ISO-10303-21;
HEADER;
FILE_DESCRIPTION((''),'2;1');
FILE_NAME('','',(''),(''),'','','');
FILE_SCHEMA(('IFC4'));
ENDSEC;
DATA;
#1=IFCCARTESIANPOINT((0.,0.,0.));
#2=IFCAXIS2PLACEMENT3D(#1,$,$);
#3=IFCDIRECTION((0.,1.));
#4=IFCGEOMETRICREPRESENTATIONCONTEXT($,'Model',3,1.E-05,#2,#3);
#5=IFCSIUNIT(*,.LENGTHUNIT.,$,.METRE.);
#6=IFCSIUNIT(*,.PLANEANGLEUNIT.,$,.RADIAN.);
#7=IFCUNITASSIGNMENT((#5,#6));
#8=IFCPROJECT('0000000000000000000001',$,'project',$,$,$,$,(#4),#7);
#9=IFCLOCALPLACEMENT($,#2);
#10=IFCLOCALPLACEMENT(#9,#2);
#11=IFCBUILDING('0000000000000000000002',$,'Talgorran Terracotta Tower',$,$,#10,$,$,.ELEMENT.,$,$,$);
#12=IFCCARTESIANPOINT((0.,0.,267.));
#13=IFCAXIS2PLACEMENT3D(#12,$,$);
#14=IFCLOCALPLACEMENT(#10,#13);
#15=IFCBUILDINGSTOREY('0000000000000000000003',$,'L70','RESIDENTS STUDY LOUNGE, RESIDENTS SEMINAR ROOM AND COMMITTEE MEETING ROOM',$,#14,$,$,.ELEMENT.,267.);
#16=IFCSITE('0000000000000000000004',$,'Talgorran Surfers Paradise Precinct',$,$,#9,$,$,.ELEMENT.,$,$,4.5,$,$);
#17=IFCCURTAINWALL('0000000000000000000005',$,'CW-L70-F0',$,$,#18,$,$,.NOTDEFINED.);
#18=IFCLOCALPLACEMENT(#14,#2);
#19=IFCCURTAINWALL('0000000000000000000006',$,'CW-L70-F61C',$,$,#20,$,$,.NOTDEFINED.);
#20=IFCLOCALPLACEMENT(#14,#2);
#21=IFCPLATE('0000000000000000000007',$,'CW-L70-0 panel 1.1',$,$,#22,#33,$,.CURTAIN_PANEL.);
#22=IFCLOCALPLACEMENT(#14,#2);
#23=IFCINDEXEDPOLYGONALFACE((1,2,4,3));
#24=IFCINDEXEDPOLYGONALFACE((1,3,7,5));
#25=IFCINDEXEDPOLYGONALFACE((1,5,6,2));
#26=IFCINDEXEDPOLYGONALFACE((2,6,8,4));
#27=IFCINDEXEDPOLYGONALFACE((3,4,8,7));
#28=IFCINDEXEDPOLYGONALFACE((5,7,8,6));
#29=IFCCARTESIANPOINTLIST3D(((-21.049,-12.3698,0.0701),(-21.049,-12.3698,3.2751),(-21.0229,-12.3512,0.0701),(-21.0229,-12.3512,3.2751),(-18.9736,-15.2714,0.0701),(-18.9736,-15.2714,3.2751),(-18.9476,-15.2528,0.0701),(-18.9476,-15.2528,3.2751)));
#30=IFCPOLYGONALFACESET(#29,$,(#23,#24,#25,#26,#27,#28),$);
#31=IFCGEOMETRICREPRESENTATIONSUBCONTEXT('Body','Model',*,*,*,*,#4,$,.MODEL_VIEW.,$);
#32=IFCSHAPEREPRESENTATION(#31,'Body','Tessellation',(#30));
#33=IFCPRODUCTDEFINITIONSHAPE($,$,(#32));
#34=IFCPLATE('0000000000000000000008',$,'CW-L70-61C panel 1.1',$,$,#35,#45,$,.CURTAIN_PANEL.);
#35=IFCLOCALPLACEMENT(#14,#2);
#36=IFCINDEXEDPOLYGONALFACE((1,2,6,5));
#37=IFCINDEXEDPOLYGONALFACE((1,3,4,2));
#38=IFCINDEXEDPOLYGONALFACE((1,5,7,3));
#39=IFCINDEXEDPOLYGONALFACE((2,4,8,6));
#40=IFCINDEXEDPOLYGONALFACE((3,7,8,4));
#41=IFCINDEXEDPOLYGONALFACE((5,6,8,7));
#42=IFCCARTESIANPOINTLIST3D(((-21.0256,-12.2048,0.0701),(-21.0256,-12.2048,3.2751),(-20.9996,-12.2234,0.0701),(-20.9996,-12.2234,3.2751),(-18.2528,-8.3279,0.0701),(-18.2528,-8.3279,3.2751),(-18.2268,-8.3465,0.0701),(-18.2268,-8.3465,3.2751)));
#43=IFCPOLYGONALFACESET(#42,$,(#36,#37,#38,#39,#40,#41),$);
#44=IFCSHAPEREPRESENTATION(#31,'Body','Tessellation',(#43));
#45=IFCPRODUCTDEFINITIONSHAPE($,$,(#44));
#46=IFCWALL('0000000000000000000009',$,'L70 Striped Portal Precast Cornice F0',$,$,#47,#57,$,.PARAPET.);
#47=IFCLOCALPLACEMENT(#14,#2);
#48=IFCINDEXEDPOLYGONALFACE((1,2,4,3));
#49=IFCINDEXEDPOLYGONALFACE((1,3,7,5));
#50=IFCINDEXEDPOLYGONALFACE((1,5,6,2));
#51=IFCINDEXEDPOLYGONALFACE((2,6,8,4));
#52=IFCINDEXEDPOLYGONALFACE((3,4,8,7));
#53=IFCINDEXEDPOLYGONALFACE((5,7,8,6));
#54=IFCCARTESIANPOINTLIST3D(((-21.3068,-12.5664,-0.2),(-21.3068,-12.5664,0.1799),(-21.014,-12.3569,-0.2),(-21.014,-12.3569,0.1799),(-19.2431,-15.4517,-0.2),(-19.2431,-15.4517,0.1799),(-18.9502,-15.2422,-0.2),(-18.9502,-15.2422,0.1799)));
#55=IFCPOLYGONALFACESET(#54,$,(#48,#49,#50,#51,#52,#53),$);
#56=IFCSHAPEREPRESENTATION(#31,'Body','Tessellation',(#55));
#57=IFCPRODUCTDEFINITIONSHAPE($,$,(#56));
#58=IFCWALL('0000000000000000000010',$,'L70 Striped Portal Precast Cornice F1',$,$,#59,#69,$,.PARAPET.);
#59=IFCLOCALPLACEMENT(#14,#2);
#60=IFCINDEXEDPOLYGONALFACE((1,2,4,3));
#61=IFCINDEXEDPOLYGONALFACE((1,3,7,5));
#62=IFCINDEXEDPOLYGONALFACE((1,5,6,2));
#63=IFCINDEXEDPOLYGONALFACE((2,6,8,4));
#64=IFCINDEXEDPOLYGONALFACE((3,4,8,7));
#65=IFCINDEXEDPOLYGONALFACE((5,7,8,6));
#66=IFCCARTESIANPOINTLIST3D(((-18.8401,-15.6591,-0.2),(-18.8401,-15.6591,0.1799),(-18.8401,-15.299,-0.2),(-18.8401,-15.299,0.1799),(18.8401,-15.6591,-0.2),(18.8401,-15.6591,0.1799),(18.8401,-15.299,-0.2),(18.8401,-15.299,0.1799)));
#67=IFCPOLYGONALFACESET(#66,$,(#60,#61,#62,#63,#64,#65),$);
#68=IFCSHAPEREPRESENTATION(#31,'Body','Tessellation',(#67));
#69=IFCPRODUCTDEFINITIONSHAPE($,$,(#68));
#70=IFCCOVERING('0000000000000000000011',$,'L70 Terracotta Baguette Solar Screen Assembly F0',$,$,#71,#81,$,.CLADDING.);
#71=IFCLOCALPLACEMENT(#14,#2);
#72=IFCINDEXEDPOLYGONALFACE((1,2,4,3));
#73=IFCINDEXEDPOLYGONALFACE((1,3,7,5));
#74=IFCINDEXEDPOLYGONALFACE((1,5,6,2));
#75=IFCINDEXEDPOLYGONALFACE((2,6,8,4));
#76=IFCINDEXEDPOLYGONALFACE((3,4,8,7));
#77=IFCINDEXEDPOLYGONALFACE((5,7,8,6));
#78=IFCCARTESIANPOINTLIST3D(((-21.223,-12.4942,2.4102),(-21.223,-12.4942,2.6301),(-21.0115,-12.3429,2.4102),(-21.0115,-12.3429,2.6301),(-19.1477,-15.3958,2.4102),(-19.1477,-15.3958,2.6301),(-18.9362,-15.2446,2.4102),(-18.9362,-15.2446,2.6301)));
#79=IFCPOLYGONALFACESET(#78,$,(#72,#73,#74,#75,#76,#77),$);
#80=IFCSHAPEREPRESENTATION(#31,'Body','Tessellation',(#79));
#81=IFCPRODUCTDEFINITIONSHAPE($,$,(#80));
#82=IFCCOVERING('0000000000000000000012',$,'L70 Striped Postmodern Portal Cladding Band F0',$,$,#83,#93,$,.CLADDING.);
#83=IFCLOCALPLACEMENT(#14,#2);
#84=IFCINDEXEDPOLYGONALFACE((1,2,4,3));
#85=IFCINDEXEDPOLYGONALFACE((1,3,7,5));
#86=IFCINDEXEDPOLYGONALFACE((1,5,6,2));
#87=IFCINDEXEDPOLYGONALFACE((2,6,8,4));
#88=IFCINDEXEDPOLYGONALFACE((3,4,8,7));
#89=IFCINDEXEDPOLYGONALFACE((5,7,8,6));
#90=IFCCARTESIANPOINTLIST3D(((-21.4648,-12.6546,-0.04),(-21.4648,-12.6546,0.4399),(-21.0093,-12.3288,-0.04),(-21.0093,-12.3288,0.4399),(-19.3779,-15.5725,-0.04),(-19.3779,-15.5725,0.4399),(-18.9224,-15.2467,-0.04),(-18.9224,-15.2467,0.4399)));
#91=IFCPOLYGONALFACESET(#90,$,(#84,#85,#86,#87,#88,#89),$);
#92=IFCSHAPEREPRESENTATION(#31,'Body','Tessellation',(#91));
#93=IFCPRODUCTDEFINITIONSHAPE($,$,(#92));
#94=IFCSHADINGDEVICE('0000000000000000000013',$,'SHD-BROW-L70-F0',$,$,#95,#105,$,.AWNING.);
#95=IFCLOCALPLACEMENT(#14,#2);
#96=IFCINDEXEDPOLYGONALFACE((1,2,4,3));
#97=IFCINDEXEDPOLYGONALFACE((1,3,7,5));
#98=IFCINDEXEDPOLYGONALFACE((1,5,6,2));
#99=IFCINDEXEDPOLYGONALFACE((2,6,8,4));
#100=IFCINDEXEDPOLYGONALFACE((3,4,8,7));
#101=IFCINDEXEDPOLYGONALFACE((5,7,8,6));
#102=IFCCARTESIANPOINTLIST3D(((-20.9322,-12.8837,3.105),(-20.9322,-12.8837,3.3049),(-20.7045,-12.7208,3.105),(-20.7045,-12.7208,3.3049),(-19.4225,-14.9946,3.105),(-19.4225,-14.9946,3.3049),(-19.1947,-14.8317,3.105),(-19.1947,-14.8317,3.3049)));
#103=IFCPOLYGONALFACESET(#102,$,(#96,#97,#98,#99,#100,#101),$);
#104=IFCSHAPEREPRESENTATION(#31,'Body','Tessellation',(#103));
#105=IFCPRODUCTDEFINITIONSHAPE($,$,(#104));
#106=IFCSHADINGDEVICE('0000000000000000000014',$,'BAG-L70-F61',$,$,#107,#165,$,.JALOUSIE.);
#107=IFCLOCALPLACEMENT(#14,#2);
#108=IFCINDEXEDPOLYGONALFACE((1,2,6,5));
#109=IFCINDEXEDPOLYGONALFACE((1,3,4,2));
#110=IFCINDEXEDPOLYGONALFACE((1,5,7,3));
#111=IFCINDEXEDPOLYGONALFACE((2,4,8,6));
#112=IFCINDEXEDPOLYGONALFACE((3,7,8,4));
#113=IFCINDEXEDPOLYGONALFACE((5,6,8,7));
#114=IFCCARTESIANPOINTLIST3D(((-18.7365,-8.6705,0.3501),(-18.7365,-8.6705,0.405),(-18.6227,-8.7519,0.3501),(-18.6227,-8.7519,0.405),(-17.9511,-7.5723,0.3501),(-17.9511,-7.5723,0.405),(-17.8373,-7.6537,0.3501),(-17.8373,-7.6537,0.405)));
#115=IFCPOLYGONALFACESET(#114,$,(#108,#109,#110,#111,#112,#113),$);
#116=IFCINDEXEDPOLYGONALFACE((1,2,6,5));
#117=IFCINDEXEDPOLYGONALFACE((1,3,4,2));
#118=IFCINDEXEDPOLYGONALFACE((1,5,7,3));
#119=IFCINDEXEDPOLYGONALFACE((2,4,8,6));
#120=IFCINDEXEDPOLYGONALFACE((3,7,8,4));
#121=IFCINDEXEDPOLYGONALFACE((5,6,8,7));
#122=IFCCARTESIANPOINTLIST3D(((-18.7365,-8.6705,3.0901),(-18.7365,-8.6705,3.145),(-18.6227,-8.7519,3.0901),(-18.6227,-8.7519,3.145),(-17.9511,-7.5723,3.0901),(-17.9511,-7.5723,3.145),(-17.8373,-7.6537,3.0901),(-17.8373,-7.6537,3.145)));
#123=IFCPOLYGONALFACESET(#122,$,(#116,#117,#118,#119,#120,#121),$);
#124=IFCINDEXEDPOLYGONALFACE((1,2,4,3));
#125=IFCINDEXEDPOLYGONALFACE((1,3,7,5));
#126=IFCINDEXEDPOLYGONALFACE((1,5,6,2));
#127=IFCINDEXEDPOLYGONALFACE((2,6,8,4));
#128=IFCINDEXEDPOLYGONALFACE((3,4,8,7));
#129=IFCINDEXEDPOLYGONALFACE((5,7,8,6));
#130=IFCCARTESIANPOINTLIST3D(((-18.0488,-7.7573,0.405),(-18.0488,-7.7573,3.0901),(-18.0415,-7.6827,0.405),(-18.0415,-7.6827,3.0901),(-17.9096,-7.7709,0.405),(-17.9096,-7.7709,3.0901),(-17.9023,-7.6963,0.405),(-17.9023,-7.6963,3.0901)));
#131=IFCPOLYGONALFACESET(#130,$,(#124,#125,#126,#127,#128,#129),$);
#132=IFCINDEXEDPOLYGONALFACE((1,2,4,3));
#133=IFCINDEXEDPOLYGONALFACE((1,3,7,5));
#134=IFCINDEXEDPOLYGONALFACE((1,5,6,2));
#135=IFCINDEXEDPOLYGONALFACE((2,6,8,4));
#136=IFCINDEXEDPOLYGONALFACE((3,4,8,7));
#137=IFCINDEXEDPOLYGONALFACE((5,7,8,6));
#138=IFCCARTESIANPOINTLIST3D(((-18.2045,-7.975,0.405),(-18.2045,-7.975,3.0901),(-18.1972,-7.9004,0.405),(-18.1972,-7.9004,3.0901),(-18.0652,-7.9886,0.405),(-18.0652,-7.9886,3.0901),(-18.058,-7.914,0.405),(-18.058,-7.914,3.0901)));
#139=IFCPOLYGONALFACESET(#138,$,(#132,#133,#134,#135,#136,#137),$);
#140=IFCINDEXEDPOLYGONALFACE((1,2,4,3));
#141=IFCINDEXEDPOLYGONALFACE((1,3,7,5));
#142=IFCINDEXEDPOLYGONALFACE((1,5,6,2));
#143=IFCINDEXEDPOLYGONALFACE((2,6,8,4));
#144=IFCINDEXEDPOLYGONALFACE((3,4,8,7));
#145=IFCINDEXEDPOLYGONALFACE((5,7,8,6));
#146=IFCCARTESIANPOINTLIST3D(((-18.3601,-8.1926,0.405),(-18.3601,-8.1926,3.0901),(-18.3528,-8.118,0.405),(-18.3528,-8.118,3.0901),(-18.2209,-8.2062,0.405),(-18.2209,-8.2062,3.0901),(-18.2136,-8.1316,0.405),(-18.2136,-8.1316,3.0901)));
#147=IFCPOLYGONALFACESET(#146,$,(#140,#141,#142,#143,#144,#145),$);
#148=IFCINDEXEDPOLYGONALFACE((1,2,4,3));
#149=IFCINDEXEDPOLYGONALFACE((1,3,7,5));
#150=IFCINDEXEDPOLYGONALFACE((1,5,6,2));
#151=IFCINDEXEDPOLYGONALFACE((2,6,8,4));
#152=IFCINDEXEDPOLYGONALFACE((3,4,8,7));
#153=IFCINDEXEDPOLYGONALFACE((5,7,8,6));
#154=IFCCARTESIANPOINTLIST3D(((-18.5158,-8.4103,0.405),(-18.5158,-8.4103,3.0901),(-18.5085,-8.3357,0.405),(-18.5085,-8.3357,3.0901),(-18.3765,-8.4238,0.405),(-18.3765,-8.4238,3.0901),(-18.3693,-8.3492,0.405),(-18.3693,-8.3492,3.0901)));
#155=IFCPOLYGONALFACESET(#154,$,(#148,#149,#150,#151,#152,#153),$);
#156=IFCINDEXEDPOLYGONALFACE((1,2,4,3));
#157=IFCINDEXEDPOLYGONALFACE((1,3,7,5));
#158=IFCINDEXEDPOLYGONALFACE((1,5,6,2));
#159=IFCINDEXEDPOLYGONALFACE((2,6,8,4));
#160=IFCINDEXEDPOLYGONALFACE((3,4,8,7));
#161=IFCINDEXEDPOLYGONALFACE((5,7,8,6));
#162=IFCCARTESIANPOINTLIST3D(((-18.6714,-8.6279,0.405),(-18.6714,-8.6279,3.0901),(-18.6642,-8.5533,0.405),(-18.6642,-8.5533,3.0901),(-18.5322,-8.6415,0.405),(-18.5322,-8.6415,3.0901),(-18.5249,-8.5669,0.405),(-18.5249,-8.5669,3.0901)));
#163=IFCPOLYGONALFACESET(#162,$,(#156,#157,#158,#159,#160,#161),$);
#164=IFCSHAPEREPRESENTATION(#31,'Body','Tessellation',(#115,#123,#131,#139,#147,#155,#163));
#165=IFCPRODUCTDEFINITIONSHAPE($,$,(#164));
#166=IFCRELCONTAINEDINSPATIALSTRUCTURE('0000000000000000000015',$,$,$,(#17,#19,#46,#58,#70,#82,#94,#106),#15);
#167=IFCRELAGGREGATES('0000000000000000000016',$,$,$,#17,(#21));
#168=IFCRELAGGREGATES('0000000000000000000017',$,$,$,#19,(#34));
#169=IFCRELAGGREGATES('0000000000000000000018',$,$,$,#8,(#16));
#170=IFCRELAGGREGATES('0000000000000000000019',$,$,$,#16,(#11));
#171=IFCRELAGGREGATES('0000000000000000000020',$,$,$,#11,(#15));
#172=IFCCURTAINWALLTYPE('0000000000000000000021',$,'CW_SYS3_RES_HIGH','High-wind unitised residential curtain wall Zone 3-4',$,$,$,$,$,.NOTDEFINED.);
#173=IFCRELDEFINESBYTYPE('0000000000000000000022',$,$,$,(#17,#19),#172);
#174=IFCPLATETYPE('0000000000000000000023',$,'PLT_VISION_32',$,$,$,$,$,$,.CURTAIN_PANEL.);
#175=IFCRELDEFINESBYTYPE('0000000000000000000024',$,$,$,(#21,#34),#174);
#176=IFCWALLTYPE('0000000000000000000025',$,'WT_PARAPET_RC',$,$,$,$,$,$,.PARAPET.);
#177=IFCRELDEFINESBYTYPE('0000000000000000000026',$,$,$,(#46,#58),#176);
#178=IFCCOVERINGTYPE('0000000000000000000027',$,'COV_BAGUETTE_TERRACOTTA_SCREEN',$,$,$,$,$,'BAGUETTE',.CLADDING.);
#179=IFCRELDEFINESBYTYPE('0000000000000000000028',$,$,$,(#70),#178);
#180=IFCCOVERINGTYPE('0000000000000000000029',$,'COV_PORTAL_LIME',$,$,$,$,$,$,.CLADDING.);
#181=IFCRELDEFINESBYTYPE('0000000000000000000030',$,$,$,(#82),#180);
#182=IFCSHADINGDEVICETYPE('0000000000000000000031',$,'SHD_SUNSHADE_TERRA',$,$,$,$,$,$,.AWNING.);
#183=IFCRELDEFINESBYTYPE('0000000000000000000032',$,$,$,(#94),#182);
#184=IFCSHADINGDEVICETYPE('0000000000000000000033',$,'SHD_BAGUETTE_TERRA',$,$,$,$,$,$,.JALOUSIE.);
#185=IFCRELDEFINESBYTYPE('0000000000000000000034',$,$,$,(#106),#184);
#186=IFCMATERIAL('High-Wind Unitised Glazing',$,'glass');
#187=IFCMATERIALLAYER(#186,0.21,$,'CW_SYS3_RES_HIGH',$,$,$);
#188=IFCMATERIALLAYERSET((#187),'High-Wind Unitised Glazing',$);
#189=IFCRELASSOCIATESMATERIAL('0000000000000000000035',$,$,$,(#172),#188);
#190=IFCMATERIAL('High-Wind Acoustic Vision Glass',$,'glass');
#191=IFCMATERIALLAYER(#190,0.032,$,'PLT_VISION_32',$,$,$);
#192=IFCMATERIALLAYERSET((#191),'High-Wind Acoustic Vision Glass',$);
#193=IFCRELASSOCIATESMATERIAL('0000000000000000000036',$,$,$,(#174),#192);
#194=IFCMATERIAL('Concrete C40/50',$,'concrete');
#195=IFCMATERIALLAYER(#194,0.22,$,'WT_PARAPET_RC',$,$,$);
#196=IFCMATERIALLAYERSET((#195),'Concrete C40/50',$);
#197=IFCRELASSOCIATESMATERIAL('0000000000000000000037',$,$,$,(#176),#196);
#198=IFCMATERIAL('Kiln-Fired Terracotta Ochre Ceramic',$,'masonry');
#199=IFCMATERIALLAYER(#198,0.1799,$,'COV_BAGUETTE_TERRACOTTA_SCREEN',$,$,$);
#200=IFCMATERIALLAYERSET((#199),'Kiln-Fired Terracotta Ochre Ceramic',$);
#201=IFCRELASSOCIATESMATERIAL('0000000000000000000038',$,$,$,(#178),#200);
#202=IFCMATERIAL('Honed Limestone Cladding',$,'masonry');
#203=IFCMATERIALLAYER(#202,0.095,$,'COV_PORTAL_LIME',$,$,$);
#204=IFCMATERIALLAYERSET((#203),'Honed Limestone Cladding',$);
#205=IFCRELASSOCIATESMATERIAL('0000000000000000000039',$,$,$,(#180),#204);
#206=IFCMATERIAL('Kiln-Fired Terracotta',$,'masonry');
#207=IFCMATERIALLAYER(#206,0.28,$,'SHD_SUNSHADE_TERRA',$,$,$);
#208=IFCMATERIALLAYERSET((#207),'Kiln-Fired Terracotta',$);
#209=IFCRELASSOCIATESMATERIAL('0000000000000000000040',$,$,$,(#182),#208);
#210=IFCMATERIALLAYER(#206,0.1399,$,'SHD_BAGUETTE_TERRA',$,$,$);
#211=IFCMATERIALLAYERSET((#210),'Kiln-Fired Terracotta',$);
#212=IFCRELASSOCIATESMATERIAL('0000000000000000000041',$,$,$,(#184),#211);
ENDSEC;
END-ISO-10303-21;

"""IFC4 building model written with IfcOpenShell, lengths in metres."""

from ifc_helpers import new_model, si_unit, direction, frame, frame_2d, origin, origin_2d, place, context, subcontext, project, spatial, rectangle, extrude, source, transform, mapped, material, layer, layer_set, type_object, type_shapes, element, aggregate, save


model = new_model("IFC4")

# Units and contexts
model_context = context("Model", 3, precision=1e-05, world=origin(), true_north=direction((0.0, 1.0)))
body_context = subcontext(model_context, "Body", "Model", "MODEL_VIEW")
ifc_project = project(units=[si_unit("LENGTHUNIT", "METRE"), si_unit("PLANEANGLEUNIT", "RADIAN")], contexts=[model_context])

# Site, building, storey
site_placement = place(None, origin())
site = spatial("IfcSite", under=ifc_project, at=site_placement, Name="Talgorran Surfers Paradise Precinct", CompositionType="ELEMENT", RefElevation=4.5)
building_placement = place(site_placement, origin())
building = spatial("IfcBuilding", under=site, at=building_placement, Name="Talgorran Terracotta Tower", CompositionType="ELEMENT")
storey_placement = place(building_placement, frame((0.0, 0.0, 267.0)))
storey = spatial("IfcBuildingStorey", under=building, at=storey_placement, Name="L70", Description="RESIDENTS STUDY LOUNGE, RESIDENTS SEMINAR ROOM AND COMMITTEE MEETING ROOM", CompositionType="ELEMENT", Elevation=267.0)

# Curtain wall
ifc_material_1 = material(Name="High-Wind Unitised Glazing", Category="glass")
ifc_layer_1 = layer(ifc_material_1, 0.21, Name="CW_SYS3_RES_HIGH")
ifc_layer_set_1 = layer_set([ifc_layer_1], Name="High-Wind Unitised Glazing")
curtain_wall_type = type_object("IfcCurtainWallType", Name="CW_SYS3_RES_HIGH", Description="High-wind unitised residential curtain wall Zone 3-4", PredefinedType="NOTDEFINED", material=ifc_layer_set_1)
curtain_wall_1_placement = place(storey_placement, origin())
curtain_wall_1 = element("IfcCurtainWall", 1, at=curtain_wall_1_placement, inside=storey, type_object=curtain_wall_type, Name="CW-L70-F0", PredefinedType="NOTDEFINED")

# Curtain wall
curtain_wall_2_placement = place(storey_placement, origin())
curtain_wall_2 = element("IfcCurtainWall", 2, at=curtain_wall_2_placement, inside=storey, type_object=curtain_wall_type, Name="CW-L70-F61C", PredefinedType="NOTDEFINED")

# Plates
ifc_material_2 = material(Name="High-Wind Acoustic Vision Glass", Category="glass")
ifc_layer_2 = layer(ifc_material_2, 0.032, Name="PLT_VISION_32")
ifc_layer_set_2 = layer_set([ifc_layer_2], Name="High-Wind Acoustic Vision Glass")
plate_type = type_object("IfcPlateType", Name="PLT_VISION_32", PredefinedType="CURTAIN_PANEL", material=ifc_layer_set_2)
shared_shape_1 = source(origin(), body_context, "Body", "SweptSolid", [
    extrude(rectangle(XDim=3.5674, YDim=0.032, at=origin_2d()), origin(), (0.0, 0.0, 1.0), 3.2051),
])
plate_1_placement = place(storey_placement, frame((-19.9983, -13.8113, 0.0701), z_axis=(0.0, 0.0, 1.0), x_axis=(0.581746, -0.813371, 0.0)))
plate_1 = element("IfcPlate", 3, at=plate_1_placement, type_object=plate_type, Name="CW-L70-0 panel 1.1", PredefinedType="CURTAIN_PANEL", context=body_context, shape_type="MappedRepresentation", body=[
    mapped(shared_shape_1, transform((0.0, 0.0, 0.0), scale=1.0)),
])
aggregate(curtain_wall_1, [plate_1])
shared_shape_2 = source(origin(), body_context, "Body", "SweptSolid", [
    extrude(rectangle(XDim=4.7664, YDim=0.032, at=origin_2d()), origin(), (0.0, 0.0, 1.0), 3.2051),
])
type_shapes(plate_type, [shared_shape_1, shared_shape_2])
plate_2_placement = place(storey_placement, frame((-19.6262, -10.2756, 0.0701), z_axis=(0.0, 0.0, 1.0), x_axis=(-0.581737, -0.813377, 0.0)))
plate_2 = element("IfcPlate", 4, at=plate_2_placement, type_object=plate_type, Name="CW-L70-61C panel 1.1", PredefinedType="CURTAIN_PANEL", context=body_context, shape_type="MappedRepresentation", body=[
    mapped(shared_shape_2, transform((0.0, 0.0, 0.0), scale=1.0)),
])
aggregate(curtain_wall_2, [plate_2])

# Walls
ifc_material_3 = material(Name="Concrete C40/50", Category="concrete")
ifc_layer_3 = layer(ifc_material_3, 0.22, Name="WT_PARAPET_RC")
ifc_layer_set_3 = layer_set([ifc_layer_3], Name="Concrete C40/50")
wall_type = type_object("IfcWallType", Name="WT_PARAPET_RC", PredefinedType="PARAPET", material=ifc_layer_set_3)
wall_1_placement = place(storey_placement, frame((-21.1604, -12.4617, -0.2), z_axis=(0.0, 0.0, 1.0), x_axis=(0.581765, -0.813357, 0.0)))
element("IfcWall", 5, at=wall_1_placement, inside=storey, type_object=wall_type, Name="L70 Striped Portal Precast Cornice F0", PredefinedType="PARAPET", context=body_context, shape_type="SweptSolid", body=[
    extrude(rectangle(XDim=3.5474, YDim=0.3601, at=frame_2d((1.7737, 0.0))), origin(), (0.0, 0.0, 1.0), 0.3799),
])
wall_2_placement = place(storey_placement, frame((-18.8401, -15.479, -0.2), z_axis=(0.0, 0.0, 1.0), x_axis=(1.0, 0.0, 0.0)))
element("IfcWall", 6, at=wall_2_placement, inside=storey, type_object=wall_type, Name="L70 Striped Portal Precast Cornice F1", PredefinedType="PARAPET", context=body_context, shape_type="SweptSolid", body=[
    extrude(rectangle(XDim=37.6802, YDim=0.3601, at=frame_2d((18.8401, 0.0))), origin(), (0.0, 0.0, 1.0), 0.3799),
])

# Coverings
ifc_material_4 = material(Name="Kiln-Fired Terracotta Ochre Ceramic", Category="masonry")
ifc_layer_4 = layer(ifc_material_4, 0.1799, Name="COV_BAGUETTE_TERRACOTTA_SCREEN")
ifc_layer_set_4 = layer_set([ifc_layer_4], Name="Kiln-Fired Terracotta Ochre Ceramic")
covering_type_1 = type_object("IfcCoveringType", Name="COV_BAGUETTE_TERRACOTTA_SCREEN", ElementType="BAGUETTE", PredefinedType="CLADDING", material=ifc_layer_set_4)
covering_1_placement = place(storey_placement, frame((-20.0796, -13.8694, 2.4102), z_axis=(0.0, 0.0, 1.0), x_axis=(0.58174, -0.813375, 0.0)))
element("IfcCovering", 7, at=covering_1_placement, inside=storey, type_object=covering_type_1, Name="L70 Terracotta Baguette Solar Screen Assembly F0", PredefinedType="CLADDING", context=body_context, shape_type="SweptSolid", body=[
    extrude(rectangle(XDim=3.5674, YDim=0.26, at=origin_2d()), origin(), (0.0, 0.0, 1.0), 0.22),
])
ifc_material_5 = material(Name="Honed Limestone Cladding", Category="masonry")
ifc_layer_5 = layer(ifc_material_5, 0.095, Name="COV_PORTAL_LIME")
ifc_layer_set_5 = layer_set([ifc_layer_5], Name="Honed Limestone Cladding")
covering_type_2 = type_object("IfcCoveringType", Name="COV_PORTAL_LIME", PredefinedType="CLADDING", material=ifc_layer_set_5)
covering_2_placement = place(storey_placement, frame((-20.1936, -13.9507, -0.04), z_axis=(0.0, 0.0, 1.0), x_axis=(0.58174, -0.813375, 0.0)))
element("IfcCovering", 8, at=covering_2_placement, inside=storey, type_object=covering_type_2, Name="L70 Striped Postmodern Portal Cladding Band F0", PredefinedType="CLADDING", context=body_context, shape_type="SweptSolid", body=[
    extrude(rectangle(XDim=3.5874, YDim=0.5601, at=origin_2d()), origin(), (0.0, 0.0, 1.0), 0.48),
])

# Shading devices
ifc_material_6 = material(Name="Kiln-Fired Terracotta", Category="masonry")
ifc_layer_6 = layer(ifc_material_6, 0.28, Name="SHD_SUNSHADE_TERRA")
ifc_layer_set_6 = layer_set([ifc_layer_6], Name="Kiln-Fired Terracotta")
shading_device_type_1 = type_object("IfcShadingDeviceType", Name="SHD_SUNSHADE_TERRA", PredefinedType="AWNING", material=ifc_layer_set_6)
shared_shape_3 = source(origin(), body_context, "Body", "SweptSolid", [
    extrude(rectangle(XDim=2.5952, YDim=0.28, at=origin_2d()), origin(), (0.0, 0.0, 1.0), 0.2),
])
type_shapes(shading_device_type_1, [shared_shape_3])
shading_device_1_placement = place(storey_placement, frame((-20.0635, -13.8577, 3.105), z_axis=(0.0, 0.0, 1.0), x_axis=(0.58174, -0.813375, 0.0)))
element("IfcShadingDevice", 9, at=shading_device_1_placement, inside=storey, type_object=shading_device_type_1, Name="SHD-BROW-L70-F0", PredefinedType="AWNING", context=body_context, shape_type="MappedRepresentation", body=[
    mapped(shared_shape_3, transform((0.0, 0.0, 0.0), scale=1.0)),
])
ifc_layer_7 = layer(ifc_material_6, 0.1399, Name="SHD_BAGUETTE_TERRA")
ifc_layer_set_7 = layer_set([ifc_layer_7], Name="Kiln-Fired Terracotta")
shading_device_type_2 = type_object("IfcShadingDeviceType", Name="SHD_BAGUETTE_TERRA", PredefinedType="JALOUSIE", material=ifc_layer_set_7)
shared_shape_4 = source(origin(), body_context, "Body", "SweptSolid", [
    extrude(rectangle(XDim=1.3501, YDim=0.1399, at=origin_2d()), origin(), (0.0, 0.0, 1.0), 0.0549),
    extrude(rectangle(XDim=1.3501, YDim=0.1399, at=origin_2d()), frame((0.0, 0.0, 2.74)), (0.0, 0.0, 1.0), 0.0549),
    extrude(rectangle(XDim=0.075, YDim=0.1399, at=origin_2d()), frame((-0.5352, 0.0, 0.0549), z_axis=(0.0, 0.0, 1.0), x_axis=(0.866025, 0.5, 0.0)), (0.0, 0.0, 1.0), 2.6851),
    extrude(rectangle(XDim=0.075, YDim=0.1399, at=origin_2d()), frame((-0.2676, 0.0, 0.0549), z_axis=(0.0, 0.0, 1.0), x_axis=(0.866025, 0.5, 0.0)), (0.0, 0.0, 1.0), 2.6851),
    extrude(rectangle(XDim=0.075, YDim=0.1399, at=origin_2d()), frame((0.0, 0.0, 0.0549), z_axis=(0.0, 0.0, 1.0), x_axis=(0.866025, 0.5, 0.0)), (0.0, 0.0, 1.0), 2.6851),
    extrude(rectangle(XDim=0.075, YDim=0.1399, at=origin_2d()), frame((0.2676, 0.0, 0.0549), z_axis=(0.0, 0.0, 1.0), x_axis=(0.866025, 0.5, 0.0)), (0.0, 0.0, 1.0), 2.6851),
    extrude(rectangle(XDim=0.075, YDim=0.1399, at=origin_2d()), frame((0.5352, 0.0, 0.0549), z_axis=(0.0, 0.0, 1.0), x_axis=(0.866025, 0.5, 0.0)), (0.0, 0.0, 1.0), 2.6851),
])
type_shapes(shading_device_type_2, [shared_shape_4])
shading_device_2_placement = place(storey_placement, frame((-18.2869, -8.1621, 0.3501), z_axis=(0.0, 0.0, 1.0), x_axis=(-0.581726, -0.813385, 0.0)))
element("IfcShadingDevice", 10, at=shading_device_2_placement, inside=storey, type_object=shading_device_type_2, Name="BAG-L70-F61", PredefinedType="JALOUSIE", context=body_context, shape_type="MappedRepresentation", body=[
    mapped(shared_shape_4, transform((0.0, 0.0, 0.0), scale=1.0)),
])

save(model, "model.ifc")
